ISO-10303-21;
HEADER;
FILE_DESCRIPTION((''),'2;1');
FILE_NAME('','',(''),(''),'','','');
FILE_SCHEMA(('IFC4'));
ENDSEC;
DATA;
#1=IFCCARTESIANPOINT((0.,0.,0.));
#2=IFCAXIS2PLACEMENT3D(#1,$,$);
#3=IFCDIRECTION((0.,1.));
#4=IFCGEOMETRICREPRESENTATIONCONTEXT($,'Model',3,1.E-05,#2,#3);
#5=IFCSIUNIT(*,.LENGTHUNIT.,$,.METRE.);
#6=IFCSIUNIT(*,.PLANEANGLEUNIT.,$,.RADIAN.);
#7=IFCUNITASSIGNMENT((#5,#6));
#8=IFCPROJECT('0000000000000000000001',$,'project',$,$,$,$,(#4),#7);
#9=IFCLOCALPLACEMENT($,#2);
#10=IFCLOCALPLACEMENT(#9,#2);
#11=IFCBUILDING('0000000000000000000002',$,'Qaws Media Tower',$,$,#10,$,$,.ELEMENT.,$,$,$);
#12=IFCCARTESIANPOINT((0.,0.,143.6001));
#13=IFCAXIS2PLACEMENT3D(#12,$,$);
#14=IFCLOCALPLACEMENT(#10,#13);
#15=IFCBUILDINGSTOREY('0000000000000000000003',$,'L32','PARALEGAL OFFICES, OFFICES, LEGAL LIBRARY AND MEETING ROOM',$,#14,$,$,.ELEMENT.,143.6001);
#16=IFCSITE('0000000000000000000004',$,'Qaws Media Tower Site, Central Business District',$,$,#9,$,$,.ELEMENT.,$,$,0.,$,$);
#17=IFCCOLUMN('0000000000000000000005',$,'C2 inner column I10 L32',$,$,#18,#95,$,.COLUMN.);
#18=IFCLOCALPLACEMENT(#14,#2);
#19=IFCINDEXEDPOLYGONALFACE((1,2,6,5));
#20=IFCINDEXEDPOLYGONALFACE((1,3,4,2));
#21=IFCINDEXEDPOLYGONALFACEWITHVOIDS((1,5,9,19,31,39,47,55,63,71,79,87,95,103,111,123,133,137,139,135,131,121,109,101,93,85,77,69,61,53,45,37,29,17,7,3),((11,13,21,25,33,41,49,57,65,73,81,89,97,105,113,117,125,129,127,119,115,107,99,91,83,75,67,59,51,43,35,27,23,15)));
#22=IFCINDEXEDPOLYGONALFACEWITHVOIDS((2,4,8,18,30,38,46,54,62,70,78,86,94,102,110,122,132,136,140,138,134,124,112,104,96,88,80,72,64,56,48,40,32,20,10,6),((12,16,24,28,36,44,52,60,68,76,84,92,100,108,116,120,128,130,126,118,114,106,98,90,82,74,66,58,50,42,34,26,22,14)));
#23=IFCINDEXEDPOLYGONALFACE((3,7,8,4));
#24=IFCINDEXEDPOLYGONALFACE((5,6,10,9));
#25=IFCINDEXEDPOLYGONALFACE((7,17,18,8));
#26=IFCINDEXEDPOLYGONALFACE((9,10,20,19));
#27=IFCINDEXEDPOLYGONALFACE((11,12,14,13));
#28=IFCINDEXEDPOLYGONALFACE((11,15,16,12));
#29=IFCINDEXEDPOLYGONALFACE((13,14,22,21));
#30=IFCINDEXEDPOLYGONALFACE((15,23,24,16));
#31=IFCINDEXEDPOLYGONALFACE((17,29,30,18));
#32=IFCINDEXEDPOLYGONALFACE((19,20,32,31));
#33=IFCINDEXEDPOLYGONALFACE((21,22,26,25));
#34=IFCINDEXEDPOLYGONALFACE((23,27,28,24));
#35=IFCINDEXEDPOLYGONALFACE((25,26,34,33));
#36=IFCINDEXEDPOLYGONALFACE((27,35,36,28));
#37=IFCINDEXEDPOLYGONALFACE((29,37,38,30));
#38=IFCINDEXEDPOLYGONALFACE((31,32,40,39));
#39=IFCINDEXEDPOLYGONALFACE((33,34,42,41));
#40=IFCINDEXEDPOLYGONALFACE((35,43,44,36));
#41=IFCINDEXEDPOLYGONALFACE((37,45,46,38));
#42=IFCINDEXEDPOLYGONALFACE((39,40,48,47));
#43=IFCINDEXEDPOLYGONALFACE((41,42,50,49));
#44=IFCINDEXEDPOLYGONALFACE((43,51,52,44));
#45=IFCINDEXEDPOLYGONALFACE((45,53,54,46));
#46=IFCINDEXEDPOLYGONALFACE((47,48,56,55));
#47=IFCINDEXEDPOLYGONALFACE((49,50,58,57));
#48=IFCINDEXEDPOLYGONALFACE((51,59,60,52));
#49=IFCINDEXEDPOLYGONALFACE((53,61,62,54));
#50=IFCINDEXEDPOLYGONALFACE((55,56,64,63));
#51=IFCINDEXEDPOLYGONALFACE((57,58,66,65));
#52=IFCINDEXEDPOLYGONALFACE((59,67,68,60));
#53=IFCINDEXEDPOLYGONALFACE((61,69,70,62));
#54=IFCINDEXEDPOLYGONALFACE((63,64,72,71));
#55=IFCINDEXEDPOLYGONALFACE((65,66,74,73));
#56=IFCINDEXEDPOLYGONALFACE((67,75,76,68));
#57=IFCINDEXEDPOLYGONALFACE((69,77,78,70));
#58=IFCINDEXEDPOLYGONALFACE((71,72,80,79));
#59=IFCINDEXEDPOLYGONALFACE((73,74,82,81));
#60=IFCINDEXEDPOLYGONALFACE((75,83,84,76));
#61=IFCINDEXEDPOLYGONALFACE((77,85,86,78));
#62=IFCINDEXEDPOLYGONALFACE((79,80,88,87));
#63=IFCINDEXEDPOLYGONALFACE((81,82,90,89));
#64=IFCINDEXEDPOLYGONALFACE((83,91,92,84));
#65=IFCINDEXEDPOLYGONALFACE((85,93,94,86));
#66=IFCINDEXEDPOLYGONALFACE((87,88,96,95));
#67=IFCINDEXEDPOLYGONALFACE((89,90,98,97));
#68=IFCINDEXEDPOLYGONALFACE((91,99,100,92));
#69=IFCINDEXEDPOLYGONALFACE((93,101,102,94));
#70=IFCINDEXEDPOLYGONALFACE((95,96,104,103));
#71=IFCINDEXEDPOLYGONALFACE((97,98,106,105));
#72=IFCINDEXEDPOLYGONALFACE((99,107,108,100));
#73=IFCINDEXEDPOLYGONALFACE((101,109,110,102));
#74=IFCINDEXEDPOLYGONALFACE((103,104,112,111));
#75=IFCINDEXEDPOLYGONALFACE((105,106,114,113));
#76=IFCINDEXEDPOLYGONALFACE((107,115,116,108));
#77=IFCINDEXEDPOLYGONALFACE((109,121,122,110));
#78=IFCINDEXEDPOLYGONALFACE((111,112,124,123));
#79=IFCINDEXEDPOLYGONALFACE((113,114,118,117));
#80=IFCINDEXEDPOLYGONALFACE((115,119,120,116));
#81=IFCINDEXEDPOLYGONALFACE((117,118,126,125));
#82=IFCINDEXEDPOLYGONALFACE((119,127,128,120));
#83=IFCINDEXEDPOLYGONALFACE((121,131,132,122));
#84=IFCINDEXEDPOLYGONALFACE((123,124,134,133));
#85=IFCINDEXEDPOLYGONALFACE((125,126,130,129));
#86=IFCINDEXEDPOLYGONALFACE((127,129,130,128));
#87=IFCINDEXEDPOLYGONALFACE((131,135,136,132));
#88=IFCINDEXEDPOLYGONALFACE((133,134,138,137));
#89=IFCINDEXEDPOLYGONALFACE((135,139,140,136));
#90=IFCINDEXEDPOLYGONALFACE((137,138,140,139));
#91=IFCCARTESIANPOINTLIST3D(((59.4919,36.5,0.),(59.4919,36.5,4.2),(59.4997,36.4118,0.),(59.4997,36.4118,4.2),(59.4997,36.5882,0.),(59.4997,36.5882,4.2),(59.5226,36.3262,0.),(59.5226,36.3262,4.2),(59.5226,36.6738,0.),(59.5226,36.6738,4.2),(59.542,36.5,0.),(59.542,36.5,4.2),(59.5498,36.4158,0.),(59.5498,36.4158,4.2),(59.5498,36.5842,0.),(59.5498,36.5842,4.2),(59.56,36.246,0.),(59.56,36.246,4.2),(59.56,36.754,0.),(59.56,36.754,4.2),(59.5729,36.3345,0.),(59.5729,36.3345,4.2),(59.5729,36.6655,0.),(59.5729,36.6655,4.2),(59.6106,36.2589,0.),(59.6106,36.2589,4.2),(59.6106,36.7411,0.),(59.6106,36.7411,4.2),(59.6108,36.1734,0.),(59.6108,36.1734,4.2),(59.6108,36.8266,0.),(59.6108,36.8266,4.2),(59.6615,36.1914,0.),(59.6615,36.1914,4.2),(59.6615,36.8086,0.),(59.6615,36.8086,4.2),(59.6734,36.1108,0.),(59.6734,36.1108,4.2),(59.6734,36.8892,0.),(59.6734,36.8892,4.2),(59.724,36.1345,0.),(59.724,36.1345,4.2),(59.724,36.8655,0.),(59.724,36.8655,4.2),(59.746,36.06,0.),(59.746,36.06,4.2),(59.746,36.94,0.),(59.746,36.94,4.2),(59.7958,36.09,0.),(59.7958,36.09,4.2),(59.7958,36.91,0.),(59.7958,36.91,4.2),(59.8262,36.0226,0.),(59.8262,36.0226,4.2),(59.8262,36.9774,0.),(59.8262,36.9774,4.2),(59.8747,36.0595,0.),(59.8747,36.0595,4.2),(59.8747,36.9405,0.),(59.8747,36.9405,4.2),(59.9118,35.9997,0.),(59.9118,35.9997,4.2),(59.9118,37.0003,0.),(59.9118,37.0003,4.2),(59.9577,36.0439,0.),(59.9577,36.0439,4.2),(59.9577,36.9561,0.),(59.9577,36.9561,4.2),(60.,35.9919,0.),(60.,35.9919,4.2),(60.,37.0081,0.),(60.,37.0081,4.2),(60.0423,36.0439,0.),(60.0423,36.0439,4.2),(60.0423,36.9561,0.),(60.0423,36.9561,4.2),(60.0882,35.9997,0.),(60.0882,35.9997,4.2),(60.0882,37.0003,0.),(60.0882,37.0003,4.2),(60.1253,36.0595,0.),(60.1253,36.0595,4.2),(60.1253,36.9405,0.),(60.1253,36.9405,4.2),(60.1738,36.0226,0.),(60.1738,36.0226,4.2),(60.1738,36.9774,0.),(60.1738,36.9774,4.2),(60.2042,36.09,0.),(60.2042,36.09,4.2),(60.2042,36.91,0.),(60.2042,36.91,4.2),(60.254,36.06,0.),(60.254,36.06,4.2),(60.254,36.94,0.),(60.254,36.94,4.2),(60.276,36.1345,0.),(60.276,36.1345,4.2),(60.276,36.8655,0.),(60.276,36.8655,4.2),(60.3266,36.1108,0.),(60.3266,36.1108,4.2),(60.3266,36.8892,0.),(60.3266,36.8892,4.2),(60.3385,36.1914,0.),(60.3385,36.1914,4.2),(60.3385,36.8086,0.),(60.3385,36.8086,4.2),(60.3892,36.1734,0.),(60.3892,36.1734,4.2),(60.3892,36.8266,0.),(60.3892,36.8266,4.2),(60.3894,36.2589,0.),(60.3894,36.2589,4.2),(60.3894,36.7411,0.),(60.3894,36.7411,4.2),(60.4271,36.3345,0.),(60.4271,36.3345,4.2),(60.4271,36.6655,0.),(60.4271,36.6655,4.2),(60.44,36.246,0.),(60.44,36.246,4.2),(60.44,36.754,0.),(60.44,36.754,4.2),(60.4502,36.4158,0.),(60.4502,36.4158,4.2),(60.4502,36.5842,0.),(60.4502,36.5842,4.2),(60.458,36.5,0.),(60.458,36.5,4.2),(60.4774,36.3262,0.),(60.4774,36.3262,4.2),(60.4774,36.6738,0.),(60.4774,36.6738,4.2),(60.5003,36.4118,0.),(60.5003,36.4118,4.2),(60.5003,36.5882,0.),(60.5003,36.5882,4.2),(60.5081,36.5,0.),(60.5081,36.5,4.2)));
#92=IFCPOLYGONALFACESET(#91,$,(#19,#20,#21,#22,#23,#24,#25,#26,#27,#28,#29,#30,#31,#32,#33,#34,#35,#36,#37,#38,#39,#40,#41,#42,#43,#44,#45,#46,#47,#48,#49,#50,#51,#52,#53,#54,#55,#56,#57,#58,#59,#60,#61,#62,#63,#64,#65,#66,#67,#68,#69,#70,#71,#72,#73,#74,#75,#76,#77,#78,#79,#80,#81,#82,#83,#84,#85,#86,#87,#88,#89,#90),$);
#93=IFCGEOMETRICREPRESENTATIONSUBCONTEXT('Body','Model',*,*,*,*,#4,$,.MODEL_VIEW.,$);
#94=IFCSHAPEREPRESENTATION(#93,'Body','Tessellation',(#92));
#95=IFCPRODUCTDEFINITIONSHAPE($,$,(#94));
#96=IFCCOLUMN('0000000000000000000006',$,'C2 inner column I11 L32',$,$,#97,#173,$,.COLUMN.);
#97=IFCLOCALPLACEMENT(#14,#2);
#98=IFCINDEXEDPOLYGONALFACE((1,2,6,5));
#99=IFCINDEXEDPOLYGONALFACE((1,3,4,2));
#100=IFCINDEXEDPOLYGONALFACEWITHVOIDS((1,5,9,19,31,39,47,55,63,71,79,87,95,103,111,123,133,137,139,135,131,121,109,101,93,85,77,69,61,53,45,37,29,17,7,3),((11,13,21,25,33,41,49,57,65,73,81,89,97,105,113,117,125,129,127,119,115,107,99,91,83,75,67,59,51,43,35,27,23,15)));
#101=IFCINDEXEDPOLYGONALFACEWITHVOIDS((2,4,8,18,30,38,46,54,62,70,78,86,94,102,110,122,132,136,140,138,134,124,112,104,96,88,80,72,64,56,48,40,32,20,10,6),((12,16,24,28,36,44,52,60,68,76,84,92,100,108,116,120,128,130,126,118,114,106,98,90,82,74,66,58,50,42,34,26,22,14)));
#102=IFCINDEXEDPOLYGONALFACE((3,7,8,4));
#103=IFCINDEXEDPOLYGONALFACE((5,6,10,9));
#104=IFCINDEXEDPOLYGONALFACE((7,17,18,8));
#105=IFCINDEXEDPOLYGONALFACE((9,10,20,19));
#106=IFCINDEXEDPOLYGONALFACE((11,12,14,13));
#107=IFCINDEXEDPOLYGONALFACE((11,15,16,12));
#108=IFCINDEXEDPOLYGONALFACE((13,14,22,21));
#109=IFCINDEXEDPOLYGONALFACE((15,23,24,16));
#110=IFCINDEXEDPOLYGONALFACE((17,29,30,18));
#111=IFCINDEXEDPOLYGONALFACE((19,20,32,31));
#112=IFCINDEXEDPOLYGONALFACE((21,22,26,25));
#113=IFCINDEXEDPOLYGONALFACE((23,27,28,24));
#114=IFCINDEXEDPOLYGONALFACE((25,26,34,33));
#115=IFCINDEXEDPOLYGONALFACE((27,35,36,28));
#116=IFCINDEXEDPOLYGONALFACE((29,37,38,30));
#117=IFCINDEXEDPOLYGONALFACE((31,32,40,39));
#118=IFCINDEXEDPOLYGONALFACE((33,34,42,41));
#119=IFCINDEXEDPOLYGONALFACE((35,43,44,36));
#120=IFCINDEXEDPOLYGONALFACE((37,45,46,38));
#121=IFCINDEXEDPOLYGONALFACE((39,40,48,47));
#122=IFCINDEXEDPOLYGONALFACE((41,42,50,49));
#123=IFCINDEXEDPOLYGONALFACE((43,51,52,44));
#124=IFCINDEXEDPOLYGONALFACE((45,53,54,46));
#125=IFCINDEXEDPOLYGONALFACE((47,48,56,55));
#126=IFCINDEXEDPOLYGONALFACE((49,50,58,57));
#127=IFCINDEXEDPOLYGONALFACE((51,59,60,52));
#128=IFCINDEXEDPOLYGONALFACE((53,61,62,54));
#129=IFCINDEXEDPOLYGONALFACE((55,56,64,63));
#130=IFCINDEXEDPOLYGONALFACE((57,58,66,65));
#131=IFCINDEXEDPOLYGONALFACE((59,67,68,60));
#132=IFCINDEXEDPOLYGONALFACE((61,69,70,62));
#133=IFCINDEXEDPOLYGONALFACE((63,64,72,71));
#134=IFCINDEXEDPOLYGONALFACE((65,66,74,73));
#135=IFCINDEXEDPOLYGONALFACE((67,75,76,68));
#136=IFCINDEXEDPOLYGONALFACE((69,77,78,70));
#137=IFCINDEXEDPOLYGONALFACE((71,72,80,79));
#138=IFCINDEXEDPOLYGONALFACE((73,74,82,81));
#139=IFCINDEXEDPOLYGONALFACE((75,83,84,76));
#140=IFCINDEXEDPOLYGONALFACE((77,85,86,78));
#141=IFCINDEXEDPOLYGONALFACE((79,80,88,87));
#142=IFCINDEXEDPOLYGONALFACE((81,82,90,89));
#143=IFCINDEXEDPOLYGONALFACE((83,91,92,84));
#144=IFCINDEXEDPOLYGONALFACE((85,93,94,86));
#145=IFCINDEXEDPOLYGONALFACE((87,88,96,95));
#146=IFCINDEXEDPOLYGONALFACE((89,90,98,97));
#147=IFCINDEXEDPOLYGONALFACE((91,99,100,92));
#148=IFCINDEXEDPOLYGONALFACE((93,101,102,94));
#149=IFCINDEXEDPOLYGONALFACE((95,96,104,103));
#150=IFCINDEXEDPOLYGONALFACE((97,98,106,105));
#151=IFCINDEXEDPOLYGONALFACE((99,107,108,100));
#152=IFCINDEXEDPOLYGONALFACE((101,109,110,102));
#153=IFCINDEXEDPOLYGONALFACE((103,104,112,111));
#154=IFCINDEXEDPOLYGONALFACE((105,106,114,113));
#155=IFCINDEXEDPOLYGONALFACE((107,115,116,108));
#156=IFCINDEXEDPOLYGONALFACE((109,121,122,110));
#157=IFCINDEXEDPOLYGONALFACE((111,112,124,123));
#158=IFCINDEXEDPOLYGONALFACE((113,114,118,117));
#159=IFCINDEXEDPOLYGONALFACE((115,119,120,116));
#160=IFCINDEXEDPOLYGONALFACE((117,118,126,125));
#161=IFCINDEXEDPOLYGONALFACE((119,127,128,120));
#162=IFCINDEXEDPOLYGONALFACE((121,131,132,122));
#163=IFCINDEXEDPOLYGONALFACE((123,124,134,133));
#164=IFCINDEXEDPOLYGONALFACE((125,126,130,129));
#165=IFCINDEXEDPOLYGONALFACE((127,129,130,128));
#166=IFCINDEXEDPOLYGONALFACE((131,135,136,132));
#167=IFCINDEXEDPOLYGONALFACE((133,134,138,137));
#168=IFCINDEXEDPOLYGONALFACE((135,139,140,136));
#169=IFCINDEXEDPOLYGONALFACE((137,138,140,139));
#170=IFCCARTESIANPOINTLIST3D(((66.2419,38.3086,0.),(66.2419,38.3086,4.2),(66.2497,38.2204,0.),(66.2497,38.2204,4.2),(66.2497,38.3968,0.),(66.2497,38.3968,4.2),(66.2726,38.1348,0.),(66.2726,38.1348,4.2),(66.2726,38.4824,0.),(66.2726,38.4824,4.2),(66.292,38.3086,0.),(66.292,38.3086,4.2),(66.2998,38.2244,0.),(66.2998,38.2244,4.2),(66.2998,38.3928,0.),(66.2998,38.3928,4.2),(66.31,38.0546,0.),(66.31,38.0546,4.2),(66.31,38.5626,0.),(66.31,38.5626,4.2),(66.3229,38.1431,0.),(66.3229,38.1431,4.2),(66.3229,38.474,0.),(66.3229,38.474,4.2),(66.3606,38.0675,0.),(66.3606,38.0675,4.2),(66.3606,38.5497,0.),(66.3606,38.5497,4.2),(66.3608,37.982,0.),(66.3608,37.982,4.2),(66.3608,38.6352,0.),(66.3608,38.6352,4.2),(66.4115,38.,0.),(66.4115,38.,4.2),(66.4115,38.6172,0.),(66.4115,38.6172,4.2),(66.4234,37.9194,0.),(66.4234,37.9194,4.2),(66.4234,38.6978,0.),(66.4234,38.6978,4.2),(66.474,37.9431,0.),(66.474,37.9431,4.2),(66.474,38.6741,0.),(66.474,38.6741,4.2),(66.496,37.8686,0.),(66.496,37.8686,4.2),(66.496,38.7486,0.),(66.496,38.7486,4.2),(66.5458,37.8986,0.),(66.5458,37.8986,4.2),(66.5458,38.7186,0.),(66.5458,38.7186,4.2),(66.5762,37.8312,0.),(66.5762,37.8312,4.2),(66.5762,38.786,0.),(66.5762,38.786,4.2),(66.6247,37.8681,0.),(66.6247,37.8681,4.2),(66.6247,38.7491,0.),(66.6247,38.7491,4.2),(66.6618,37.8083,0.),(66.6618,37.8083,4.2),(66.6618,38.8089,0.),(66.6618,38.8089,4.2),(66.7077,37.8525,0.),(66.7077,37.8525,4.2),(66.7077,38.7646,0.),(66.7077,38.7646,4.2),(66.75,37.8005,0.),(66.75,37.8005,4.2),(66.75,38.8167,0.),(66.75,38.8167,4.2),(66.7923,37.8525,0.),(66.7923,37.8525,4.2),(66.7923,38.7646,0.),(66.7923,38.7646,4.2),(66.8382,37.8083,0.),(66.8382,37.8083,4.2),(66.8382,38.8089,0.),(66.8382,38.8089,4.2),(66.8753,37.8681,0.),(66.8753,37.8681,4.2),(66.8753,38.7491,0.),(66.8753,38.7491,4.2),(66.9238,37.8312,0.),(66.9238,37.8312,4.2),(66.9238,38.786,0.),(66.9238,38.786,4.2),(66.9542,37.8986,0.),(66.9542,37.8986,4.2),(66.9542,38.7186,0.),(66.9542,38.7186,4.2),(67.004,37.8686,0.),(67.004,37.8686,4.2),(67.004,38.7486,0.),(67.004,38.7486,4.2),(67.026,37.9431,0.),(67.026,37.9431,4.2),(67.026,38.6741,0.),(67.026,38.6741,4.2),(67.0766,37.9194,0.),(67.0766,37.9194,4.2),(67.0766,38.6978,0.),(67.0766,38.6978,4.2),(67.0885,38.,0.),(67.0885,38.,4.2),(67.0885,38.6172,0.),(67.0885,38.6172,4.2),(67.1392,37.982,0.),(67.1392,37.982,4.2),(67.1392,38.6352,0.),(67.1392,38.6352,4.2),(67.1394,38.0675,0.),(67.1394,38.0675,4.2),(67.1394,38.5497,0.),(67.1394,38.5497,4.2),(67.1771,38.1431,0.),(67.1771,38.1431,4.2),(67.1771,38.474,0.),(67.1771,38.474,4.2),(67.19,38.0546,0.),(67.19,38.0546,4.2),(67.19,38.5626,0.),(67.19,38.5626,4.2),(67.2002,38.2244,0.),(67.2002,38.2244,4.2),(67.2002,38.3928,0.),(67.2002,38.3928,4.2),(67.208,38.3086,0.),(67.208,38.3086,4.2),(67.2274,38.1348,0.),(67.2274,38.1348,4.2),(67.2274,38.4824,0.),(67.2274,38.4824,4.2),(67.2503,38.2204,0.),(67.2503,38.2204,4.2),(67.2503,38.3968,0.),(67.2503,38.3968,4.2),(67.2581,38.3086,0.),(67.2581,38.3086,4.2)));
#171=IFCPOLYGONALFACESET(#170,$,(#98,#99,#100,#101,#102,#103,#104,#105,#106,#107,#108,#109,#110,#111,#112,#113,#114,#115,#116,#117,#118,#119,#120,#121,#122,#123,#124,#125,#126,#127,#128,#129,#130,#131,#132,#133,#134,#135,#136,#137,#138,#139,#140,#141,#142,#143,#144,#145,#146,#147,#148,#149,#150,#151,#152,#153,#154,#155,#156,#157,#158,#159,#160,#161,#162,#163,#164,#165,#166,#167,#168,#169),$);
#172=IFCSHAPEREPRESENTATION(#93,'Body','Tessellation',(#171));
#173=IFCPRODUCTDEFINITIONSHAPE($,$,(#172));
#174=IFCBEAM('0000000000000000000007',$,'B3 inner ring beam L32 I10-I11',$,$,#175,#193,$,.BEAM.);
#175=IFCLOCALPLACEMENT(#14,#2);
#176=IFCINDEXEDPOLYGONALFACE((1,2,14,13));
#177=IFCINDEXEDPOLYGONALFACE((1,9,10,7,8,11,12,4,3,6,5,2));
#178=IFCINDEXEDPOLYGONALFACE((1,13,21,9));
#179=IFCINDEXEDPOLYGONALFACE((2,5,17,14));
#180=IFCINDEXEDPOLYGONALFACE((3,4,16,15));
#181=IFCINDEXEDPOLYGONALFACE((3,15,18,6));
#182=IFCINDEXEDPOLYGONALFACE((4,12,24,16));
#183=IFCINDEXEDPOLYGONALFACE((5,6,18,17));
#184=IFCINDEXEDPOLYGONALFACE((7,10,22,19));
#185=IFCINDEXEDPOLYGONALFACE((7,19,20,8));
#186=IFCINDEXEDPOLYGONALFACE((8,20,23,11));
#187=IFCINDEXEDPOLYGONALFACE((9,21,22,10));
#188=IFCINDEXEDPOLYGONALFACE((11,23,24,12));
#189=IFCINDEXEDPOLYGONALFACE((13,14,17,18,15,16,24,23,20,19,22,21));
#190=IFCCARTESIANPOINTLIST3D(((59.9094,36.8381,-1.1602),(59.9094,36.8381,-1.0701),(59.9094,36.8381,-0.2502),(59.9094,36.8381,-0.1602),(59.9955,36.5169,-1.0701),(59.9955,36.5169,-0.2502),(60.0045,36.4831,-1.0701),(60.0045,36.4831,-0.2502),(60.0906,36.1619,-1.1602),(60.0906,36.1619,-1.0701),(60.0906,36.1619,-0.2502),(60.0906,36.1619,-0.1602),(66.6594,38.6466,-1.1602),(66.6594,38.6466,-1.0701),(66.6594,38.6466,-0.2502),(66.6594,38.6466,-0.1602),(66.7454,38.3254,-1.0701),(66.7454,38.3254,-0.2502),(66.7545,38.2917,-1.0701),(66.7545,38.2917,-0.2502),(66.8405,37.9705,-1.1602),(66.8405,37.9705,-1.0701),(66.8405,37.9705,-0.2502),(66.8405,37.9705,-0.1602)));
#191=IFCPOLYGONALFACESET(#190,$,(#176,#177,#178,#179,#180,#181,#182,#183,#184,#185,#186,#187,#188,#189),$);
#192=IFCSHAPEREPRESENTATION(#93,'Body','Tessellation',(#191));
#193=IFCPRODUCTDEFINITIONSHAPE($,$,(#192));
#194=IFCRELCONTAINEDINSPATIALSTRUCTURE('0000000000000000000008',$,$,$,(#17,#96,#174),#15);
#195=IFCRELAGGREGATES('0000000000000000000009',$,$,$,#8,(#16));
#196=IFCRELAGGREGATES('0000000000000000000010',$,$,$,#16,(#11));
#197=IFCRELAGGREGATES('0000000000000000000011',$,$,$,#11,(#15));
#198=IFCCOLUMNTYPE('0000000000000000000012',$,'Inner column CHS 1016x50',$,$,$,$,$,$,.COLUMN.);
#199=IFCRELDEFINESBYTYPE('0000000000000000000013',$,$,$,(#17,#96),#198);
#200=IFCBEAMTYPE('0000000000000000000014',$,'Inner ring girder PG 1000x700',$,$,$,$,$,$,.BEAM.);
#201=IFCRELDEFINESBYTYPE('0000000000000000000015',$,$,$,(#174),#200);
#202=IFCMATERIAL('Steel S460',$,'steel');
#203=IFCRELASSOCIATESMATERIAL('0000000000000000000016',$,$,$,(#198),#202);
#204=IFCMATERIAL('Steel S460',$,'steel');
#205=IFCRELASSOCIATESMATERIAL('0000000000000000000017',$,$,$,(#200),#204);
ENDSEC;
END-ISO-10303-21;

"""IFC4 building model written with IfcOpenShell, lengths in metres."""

from ifc_helpers import new_model, si_unit, direction, frame, origin, origin_2d, place, context, subcontext, project, spatial, hollow_circle, i_section, extrude, material, material_profile, profile_set, type_object, element, save


model = new_model("IFC4")

# Units and contexts
model_context = context("Model", 3, precision=1e-05, world=origin(), true_north=direction((0.0, 1.0)))
body_context = subcontext(model_context, "Body", "Model", "MODEL_VIEW")
ifc_project = project(units=[si_unit("LENGTHUNIT", "METRE"), si_unit("PLANEANGLEUNIT", "RADIAN")], contexts=[model_context])

# Site, building, storey
site_placement = place(None, origin())
site = spatial("IfcSite", under=ifc_project, at=site_placement, Name="Qaws Media Tower Site, Central Business District", CompositionType="ELEMENT", RefElevation=0.0)
building_placement = place(site_placement, origin())
building = spatial("IfcBuilding", under=site, at=building_placement, Name="Qaws Media Tower", CompositionType="ELEMENT")
storey_placement = place(building_placement, frame((0.0, 0.0, 143.6001)))
storey = spatial("IfcBuildingStorey", under=building, at=storey_placement, Name="L32", Description="PARALEGAL OFFICES, OFFICES, LEGAL LIBRARY AND MEETING ROOM", CompositionType="ELEMENT", Elevation=143.6001)

# Columns
ifc_material_1 = material(Name="Steel S460", Category="steel")
ifc_material_profile_1 = material_profile(ifc_material_1, hollow_circle(Radius=0.5081, WallThickness=0.05, at=origin_2d()), Name="CHS 1016x50")
ifc_profile_set_1 = profile_set([ifc_material_profile_1], Name="Steel S460")
column_type = type_object("IfcColumnType", Name="Inner column CHS 1016x50", PredefinedType="COLUMN", material=ifc_profile_set_1)
for number, where, z_axis, x_axis, name in (
    (1, (60.0, 36.5, 0.0), (0.0, 0.0, 1.0), (1.0, 0.0, 0.0), "C2 inner column I10 L32"),
    (2, (66.75, 38.3086, 0.0), (0.0, 0.0, 1.0), (1.0, 0.0, 0.0), "C2 inner column I11 L32"),
):
    element("IfcColumn", number, at=place(storey_placement, frame(where, z_axis=z_axis, x_axis=x_axis)), inside=storey, type_object=column_type, Name=name, PredefinedType="COLUMN", context=body_context, shape_type="SweptSolid", body=[
        extrude(hollow_circle(Radius=0.5081, WallThickness=0.05, at=origin_2d()), origin(), (0.0, 0.0, 1.0), 4.2),
    ])

# Beam
ifc_material_2 = material(Name="Steel S460", Category="steel")
ifc_material_profile_2 = material_profile(ifc_material_2, i_section(OverallWidth=0.7, OverallDepth=1.0, WebThickness=0.0349, FlangeThickness=0.0901, at=origin_2d()), Name="PG 1000x700")
ifc_profile_set_2 = profile_set([ifc_material_profile_2], Name="Steel S460")
beam_type_1 = type_object("IfcBeamType", Name="Inner ring girder PG 1000x700", PredefinedType="BEAM", material=ifc_profile_set_2)
beam_1_placement = place(storey_placement, frame((60.0, 36.5, -0.6602), z_axis=(0.965928, 0.258811, 0.0), x_axis=(-0.258811, 0.965928, 0.0)))
element("IfcBeam", 3, at=beam_1_placement, inside=storey, type_object=beam_type_1, Name="B3 inner ring beam L32 I10-I11", PredefinedType="BEAM", context=body_context, shape_type="SweptSolid", body=[
    extrude(i_section(OverallWidth=0.7, OverallDepth=1.0, WebThickness=0.0349, FlangeThickness=0.0901, at=origin_2d()), origin(), (0.0, 0.0, 1.0), 6.988),
])

save(model, "model.ifc")
